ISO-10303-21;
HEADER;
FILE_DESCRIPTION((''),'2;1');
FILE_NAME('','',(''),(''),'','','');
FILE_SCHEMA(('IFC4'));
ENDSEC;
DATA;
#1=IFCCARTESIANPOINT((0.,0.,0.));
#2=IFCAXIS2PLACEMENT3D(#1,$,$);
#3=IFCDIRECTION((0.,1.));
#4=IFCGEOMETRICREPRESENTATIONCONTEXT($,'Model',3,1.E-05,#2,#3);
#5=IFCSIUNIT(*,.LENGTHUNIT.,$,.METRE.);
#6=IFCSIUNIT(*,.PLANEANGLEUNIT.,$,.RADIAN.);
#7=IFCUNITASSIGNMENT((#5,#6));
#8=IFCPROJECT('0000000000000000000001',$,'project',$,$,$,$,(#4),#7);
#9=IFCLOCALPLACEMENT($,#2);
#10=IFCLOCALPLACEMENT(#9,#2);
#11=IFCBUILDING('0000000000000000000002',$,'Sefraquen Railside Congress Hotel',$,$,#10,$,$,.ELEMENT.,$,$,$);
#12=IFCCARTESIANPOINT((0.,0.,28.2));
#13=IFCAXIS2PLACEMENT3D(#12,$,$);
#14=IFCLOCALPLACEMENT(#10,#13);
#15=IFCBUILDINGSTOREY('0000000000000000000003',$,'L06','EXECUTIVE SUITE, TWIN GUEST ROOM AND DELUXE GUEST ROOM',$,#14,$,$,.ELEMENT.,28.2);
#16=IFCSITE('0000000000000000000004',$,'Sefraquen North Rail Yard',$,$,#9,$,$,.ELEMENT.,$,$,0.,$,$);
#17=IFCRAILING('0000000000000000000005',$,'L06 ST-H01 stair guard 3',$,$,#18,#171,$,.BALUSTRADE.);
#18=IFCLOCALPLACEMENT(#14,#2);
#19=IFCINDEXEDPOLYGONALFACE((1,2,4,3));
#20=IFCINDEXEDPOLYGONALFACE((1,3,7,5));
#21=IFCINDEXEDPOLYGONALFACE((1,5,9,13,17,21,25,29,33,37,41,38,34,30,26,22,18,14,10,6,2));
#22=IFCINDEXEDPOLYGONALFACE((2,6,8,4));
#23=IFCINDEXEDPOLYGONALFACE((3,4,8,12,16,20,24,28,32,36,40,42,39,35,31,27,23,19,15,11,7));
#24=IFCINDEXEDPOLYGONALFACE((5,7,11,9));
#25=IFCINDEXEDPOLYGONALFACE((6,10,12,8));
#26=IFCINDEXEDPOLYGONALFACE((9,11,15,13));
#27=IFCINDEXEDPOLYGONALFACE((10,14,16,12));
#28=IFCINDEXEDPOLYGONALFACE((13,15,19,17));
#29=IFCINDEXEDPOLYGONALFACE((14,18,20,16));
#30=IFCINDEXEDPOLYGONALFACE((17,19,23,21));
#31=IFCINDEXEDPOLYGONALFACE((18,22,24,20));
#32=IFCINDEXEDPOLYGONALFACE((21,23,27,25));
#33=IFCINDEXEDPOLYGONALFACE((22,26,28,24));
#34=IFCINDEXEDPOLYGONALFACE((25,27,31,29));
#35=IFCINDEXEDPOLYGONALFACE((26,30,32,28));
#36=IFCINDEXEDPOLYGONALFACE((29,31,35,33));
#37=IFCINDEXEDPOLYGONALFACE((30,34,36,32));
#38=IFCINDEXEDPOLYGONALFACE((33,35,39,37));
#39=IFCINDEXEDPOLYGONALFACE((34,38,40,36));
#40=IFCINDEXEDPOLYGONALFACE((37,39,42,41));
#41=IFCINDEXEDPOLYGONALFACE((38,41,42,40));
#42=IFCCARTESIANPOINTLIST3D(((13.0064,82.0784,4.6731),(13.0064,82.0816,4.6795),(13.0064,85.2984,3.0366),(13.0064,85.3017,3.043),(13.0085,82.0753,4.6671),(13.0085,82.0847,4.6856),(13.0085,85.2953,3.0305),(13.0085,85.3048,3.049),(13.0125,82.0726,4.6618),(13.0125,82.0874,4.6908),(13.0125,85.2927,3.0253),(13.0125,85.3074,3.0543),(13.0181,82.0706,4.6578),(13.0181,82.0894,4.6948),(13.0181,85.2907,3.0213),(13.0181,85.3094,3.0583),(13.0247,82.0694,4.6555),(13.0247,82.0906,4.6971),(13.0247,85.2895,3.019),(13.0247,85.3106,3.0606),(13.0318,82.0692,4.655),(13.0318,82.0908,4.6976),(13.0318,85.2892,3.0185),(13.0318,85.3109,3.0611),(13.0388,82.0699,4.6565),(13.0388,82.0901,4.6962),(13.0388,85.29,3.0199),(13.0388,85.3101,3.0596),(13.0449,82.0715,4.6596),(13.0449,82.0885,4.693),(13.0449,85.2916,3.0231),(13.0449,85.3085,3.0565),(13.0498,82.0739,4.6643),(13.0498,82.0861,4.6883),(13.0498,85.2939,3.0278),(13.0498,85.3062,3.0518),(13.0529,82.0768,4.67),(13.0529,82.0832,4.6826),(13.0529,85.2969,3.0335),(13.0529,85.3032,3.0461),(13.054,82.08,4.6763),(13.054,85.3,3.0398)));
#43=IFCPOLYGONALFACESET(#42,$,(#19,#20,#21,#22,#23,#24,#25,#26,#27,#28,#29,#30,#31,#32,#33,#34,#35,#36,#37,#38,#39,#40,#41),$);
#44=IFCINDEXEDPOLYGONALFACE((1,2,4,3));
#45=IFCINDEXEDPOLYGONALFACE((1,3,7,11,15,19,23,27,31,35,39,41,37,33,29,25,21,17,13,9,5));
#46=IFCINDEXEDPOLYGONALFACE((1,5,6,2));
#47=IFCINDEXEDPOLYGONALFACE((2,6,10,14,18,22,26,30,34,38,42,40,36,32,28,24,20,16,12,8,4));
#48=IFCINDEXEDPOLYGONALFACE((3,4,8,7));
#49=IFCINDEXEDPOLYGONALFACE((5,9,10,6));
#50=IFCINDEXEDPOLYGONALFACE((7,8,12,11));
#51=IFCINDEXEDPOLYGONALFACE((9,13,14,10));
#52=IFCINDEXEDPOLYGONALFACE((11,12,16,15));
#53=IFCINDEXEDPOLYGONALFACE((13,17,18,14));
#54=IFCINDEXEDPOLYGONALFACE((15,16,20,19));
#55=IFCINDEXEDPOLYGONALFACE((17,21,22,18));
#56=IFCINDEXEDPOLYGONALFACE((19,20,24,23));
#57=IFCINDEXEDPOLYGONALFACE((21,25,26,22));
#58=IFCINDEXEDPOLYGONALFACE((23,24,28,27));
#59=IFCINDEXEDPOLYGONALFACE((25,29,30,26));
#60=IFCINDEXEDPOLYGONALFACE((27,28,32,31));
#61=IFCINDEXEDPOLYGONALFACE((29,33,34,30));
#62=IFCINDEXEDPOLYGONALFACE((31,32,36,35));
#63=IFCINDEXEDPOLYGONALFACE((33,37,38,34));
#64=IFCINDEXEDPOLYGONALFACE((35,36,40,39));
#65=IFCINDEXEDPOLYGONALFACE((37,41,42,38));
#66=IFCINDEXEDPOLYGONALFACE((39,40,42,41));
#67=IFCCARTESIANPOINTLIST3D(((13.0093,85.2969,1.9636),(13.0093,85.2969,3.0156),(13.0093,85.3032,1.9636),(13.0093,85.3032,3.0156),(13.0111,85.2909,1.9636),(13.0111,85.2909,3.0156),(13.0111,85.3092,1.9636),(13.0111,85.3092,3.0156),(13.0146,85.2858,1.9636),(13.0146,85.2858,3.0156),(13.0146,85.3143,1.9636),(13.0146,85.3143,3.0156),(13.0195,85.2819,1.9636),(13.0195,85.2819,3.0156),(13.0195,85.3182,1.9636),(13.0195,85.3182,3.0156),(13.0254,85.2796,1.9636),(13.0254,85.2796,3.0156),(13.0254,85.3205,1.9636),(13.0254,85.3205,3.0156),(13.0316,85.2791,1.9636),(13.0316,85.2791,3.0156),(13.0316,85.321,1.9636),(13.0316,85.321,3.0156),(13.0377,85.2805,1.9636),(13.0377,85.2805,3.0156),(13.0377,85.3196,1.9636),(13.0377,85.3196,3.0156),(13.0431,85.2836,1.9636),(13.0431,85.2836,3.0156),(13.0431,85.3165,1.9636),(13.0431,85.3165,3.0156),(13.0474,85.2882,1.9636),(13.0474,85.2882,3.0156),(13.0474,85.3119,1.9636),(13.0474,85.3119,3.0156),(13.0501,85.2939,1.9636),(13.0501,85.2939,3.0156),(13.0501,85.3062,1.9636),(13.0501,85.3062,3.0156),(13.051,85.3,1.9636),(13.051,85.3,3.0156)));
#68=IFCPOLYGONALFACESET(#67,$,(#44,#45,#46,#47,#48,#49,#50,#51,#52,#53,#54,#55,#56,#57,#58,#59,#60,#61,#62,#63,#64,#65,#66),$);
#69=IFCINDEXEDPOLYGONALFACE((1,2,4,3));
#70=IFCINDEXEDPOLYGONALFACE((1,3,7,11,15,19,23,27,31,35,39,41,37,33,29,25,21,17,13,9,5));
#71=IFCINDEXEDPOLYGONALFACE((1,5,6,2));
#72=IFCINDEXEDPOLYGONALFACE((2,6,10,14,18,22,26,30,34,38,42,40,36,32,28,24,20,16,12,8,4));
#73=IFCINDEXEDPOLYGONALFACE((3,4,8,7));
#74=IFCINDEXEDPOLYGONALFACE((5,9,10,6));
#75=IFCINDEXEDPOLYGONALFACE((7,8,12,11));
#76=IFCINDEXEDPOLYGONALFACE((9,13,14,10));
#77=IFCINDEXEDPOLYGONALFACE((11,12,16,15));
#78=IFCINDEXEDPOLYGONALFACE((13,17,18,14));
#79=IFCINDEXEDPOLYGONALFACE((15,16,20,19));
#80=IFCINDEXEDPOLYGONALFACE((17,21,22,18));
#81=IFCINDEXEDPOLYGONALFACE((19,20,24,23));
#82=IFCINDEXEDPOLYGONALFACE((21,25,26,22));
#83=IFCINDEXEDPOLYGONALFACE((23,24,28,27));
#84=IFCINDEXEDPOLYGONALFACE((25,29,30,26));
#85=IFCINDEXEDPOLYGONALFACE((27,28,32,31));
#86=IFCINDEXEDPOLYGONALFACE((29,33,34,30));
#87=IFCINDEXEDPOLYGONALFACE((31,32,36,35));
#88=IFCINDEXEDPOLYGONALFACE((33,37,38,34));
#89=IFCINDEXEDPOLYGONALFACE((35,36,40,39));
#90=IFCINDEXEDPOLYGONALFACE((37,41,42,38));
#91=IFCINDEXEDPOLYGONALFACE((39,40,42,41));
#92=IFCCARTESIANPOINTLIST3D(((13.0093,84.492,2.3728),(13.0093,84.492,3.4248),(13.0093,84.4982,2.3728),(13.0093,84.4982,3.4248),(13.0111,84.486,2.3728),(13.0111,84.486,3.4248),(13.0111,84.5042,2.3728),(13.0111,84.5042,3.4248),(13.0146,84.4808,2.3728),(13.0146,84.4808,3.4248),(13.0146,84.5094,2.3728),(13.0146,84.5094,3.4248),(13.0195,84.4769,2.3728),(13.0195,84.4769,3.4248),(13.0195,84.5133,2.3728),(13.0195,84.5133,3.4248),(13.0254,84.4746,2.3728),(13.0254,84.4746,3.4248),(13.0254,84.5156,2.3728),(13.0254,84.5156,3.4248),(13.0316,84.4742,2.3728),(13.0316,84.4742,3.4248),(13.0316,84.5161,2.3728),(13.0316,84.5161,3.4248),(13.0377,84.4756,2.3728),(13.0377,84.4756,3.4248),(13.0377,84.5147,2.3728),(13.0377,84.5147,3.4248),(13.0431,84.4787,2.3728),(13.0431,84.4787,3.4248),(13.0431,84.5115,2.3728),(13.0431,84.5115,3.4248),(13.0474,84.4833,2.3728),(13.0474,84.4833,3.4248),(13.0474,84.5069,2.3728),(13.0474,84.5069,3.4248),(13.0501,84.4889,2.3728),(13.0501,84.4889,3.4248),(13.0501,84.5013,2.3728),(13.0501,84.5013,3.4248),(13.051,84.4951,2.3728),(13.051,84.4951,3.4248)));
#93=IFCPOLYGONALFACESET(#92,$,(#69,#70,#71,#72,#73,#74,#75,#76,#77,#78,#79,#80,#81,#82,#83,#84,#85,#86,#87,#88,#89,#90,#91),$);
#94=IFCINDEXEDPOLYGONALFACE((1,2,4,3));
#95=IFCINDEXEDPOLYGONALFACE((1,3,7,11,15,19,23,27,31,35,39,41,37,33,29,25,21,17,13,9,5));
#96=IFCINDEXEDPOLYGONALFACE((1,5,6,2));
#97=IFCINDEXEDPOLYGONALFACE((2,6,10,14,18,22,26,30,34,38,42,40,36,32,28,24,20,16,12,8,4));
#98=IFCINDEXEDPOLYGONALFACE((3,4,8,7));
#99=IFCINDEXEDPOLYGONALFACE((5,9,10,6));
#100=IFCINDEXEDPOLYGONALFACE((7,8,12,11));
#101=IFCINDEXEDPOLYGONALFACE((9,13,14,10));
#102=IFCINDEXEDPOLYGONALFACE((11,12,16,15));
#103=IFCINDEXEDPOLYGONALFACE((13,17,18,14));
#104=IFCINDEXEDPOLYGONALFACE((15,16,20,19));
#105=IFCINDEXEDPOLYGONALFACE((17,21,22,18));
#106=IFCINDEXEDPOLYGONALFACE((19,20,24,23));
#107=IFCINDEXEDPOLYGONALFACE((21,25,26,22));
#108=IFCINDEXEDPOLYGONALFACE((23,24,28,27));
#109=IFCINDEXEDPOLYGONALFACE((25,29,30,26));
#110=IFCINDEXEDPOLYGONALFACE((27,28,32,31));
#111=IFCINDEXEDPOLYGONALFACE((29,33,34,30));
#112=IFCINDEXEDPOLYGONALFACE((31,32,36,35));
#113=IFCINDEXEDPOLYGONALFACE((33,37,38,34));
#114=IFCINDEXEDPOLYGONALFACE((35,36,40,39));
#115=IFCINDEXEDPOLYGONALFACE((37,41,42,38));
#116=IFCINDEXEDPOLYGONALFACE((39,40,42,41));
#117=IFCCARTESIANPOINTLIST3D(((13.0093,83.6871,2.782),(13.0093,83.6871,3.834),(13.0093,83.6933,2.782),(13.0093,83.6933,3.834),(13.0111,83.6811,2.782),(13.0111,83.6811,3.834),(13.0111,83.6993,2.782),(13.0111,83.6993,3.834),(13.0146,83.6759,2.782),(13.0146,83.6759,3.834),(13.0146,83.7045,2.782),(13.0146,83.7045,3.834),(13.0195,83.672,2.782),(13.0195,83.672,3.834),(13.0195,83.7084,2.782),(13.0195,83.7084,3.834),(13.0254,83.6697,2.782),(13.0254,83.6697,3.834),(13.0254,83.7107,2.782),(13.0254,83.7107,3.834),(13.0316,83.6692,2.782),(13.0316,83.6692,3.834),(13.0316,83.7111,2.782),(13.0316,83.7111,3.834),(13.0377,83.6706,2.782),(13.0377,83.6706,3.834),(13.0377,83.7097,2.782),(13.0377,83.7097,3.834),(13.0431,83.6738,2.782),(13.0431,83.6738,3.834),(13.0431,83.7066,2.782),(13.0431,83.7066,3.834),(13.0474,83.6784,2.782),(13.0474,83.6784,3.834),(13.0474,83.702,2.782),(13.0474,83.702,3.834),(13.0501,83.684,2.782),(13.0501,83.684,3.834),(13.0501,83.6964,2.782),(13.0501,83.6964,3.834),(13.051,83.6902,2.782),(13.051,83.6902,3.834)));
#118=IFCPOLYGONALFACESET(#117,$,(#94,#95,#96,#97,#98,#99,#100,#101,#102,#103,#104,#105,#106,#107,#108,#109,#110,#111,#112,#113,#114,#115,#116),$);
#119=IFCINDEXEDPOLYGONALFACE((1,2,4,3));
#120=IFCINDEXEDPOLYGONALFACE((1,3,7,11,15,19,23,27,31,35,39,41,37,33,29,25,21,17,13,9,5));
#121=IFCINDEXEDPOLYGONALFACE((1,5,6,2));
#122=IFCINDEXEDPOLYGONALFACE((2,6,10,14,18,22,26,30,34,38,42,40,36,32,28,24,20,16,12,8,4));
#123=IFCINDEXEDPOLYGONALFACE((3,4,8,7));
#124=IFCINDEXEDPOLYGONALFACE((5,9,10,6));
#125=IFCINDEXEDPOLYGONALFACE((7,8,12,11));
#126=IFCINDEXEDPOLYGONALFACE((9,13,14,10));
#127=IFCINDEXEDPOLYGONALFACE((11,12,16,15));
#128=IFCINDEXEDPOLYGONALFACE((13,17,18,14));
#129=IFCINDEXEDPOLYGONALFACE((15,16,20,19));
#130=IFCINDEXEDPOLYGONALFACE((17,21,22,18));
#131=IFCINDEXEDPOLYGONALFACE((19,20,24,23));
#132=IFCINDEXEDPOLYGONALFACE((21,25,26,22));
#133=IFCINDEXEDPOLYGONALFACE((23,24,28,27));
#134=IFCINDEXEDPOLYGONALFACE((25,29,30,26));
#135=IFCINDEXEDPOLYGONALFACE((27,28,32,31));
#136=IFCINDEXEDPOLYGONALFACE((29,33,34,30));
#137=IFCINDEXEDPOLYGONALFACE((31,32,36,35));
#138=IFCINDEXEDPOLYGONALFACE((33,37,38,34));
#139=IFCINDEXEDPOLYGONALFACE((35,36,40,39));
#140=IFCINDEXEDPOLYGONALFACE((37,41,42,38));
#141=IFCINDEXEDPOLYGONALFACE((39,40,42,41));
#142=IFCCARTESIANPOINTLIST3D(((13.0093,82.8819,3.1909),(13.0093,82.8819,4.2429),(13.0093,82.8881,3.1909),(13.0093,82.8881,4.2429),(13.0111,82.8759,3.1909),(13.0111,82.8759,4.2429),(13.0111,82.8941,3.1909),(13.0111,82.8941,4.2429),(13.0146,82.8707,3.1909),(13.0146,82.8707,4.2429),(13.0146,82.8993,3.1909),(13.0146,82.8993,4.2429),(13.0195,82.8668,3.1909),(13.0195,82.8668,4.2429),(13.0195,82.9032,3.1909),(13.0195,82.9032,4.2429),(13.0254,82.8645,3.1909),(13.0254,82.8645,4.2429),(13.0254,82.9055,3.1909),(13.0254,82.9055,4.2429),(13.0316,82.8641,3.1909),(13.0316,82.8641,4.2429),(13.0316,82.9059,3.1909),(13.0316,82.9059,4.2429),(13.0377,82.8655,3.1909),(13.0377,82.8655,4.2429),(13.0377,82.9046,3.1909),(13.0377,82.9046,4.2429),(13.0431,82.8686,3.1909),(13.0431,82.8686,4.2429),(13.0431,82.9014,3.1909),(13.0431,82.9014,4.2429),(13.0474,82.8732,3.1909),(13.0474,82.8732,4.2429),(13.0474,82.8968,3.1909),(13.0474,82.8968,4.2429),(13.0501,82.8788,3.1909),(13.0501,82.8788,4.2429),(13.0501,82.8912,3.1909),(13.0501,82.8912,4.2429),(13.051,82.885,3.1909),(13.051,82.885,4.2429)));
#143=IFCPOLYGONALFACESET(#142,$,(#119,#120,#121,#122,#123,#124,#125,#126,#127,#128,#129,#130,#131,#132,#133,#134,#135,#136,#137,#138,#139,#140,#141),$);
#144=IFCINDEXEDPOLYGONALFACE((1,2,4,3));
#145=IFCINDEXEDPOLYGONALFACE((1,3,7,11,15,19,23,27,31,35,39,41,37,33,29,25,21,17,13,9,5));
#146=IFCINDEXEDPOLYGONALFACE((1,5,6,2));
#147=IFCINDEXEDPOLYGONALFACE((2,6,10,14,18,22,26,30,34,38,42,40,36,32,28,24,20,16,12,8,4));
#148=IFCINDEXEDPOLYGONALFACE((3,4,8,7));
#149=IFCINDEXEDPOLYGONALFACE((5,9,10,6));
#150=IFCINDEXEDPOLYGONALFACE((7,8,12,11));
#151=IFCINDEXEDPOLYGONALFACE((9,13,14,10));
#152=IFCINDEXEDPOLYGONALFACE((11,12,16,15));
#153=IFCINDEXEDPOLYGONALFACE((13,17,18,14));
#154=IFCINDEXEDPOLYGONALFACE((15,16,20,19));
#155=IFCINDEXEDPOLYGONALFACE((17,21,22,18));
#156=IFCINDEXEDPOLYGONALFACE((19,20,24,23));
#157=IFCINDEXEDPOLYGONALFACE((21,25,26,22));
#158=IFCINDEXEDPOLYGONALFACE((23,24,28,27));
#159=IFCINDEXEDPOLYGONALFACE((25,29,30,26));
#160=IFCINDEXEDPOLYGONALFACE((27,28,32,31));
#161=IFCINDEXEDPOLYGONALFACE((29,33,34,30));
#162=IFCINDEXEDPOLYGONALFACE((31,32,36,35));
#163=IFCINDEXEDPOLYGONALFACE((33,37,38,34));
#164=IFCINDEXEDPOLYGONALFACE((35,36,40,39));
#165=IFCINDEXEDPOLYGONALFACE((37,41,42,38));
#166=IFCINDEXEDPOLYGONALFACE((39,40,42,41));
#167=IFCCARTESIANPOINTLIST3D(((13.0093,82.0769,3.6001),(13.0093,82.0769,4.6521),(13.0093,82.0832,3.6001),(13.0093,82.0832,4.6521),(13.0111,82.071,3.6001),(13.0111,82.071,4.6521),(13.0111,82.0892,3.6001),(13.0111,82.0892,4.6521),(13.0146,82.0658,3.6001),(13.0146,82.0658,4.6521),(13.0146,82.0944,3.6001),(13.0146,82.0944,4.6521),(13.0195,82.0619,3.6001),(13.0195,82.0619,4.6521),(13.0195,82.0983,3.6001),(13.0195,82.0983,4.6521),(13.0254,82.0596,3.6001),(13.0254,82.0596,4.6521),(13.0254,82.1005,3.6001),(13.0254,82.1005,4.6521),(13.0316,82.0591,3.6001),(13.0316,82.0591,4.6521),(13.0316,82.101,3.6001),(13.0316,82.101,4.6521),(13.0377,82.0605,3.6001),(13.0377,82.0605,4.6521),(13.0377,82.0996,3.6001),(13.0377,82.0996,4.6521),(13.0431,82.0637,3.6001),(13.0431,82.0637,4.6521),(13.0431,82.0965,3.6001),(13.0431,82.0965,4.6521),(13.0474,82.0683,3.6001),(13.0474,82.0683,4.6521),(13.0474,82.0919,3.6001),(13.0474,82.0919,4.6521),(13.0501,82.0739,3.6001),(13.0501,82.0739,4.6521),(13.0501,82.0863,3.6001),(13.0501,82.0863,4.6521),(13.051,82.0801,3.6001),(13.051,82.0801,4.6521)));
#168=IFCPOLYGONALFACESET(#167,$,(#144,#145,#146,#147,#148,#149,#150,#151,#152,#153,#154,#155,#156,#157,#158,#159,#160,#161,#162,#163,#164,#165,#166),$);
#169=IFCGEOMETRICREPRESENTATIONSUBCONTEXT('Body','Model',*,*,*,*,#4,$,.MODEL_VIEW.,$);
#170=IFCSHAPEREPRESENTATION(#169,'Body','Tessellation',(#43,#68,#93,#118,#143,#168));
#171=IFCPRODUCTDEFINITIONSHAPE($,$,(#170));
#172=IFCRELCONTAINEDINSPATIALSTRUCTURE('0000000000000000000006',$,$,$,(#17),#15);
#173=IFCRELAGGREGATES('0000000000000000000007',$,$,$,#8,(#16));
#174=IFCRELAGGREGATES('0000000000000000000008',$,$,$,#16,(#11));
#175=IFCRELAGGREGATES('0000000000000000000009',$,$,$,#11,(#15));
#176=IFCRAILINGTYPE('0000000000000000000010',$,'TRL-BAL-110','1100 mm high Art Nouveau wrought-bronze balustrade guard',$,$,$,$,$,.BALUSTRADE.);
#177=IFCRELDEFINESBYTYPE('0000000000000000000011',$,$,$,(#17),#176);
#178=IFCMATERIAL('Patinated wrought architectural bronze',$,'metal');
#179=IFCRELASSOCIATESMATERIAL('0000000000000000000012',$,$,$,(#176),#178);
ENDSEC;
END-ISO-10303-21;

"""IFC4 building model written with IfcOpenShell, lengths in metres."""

from ifc_helpers import new_model, si_unit, direction, frame, origin, origin_2d, place, context, subcontext, project, spatial, circle, extrude, material, type_object, element, save


model = new_model("IFC4")

# Units and contexts
model_context = context("Model", 3, precision=1e-05, world=origin(), true_north=direction((0.0, 1.0)))
body_context = subcontext(model_context, "Body", "Model", "MODEL_VIEW")
ifc_project = project(units=[si_unit("LENGTHUNIT", "METRE"), si_unit("PLANEANGLEUNIT", "RADIAN")], contexts=[model_context])

# Site, building, storey
site_placement = place(None, origin())
site = spatial("IfcSite", under=ifc_project, at=site_placement, Name="Sefraquen North Rail Yard", CompositionType="ELEMENT", RefElevation=0.0)
building_placement = place(site_placement, origin())
building = spatial("IfcBuilding", under=site, at=building_placement, Name="Sefraquen Railside Congress Hotel", CompositionType="ELEMENT")
storey_placement = place(building_placement, frame((0.0, 0.0, 28.2)))
storey = spatial("IfcBuildingStorey", under=building, at=storey_placement, Name="L06", Description="EXECUTIVE SUITE, TWIN GUEST ROOM AND DELUXE GUEST ROOM", CompositionType="ELEMENT", Elevation=28.2)

# Railing
ifc_material_1 = material(Name="Patinated wrought architectural bronze", Category="metal")
railing_type_1 = type_object("IfcRailingType", Name="TRL-BAL-110", Description="1100 mm high Art Nouveau wrought-bronze balustrade guard", PredefinedType="BALUSTRADE", material=ifc_material_1)
railing_1_placement = place(storey_placement, frame((13.03, 85.3, 1.9636)))
element("IfcRailing", 1, at=railing_1_placement, inside=storey, type_object=railing_type_1, Name="L06 ST-H01 stair guard 3", PredefinedType="BALUSTRADE", context=body_context, shape_type="SweptSolid", body=[
    extrude(circle(Radius=0.0239, at=origin_2d()), frame((0.0, 0.0, 1.0762), z_axis=(0.0, -0.891474, 0.453071), x_axis=(1.0, 0.0, 0.0)), (0.0, 0.0, 1.0), 3.6121),
    extrude(circle(Radius=0.021, at=origin_2d()), origin(), (0.0, 0.0, 1.0), 1.052),
    extrude(circle(Radius=0.021, at=origin_2d()), frame((0.0, -0.8049, 0.4092)), (0.0, 0.0, 1.0), 1.052),
    extrude(circle(Radius=0.021, at=origin_2d()), frame((0.0, -1.6099, 0.8184)), (0.0, 0.0, 1.0), 1.052),
    extrude(circle(Radius=0.021, at=origin_2d()), frame((0.0, -2.415, 1.2273)), (0.0, 0.0, 1.0), 1.052),
    extrude(circle(Radius=0.021, at=origin_2d()), frame((0.0, -3.22, 1.6365)), (0.0, 0.0, 1.0), 1.052),
])

save(model, "model.ifc")
